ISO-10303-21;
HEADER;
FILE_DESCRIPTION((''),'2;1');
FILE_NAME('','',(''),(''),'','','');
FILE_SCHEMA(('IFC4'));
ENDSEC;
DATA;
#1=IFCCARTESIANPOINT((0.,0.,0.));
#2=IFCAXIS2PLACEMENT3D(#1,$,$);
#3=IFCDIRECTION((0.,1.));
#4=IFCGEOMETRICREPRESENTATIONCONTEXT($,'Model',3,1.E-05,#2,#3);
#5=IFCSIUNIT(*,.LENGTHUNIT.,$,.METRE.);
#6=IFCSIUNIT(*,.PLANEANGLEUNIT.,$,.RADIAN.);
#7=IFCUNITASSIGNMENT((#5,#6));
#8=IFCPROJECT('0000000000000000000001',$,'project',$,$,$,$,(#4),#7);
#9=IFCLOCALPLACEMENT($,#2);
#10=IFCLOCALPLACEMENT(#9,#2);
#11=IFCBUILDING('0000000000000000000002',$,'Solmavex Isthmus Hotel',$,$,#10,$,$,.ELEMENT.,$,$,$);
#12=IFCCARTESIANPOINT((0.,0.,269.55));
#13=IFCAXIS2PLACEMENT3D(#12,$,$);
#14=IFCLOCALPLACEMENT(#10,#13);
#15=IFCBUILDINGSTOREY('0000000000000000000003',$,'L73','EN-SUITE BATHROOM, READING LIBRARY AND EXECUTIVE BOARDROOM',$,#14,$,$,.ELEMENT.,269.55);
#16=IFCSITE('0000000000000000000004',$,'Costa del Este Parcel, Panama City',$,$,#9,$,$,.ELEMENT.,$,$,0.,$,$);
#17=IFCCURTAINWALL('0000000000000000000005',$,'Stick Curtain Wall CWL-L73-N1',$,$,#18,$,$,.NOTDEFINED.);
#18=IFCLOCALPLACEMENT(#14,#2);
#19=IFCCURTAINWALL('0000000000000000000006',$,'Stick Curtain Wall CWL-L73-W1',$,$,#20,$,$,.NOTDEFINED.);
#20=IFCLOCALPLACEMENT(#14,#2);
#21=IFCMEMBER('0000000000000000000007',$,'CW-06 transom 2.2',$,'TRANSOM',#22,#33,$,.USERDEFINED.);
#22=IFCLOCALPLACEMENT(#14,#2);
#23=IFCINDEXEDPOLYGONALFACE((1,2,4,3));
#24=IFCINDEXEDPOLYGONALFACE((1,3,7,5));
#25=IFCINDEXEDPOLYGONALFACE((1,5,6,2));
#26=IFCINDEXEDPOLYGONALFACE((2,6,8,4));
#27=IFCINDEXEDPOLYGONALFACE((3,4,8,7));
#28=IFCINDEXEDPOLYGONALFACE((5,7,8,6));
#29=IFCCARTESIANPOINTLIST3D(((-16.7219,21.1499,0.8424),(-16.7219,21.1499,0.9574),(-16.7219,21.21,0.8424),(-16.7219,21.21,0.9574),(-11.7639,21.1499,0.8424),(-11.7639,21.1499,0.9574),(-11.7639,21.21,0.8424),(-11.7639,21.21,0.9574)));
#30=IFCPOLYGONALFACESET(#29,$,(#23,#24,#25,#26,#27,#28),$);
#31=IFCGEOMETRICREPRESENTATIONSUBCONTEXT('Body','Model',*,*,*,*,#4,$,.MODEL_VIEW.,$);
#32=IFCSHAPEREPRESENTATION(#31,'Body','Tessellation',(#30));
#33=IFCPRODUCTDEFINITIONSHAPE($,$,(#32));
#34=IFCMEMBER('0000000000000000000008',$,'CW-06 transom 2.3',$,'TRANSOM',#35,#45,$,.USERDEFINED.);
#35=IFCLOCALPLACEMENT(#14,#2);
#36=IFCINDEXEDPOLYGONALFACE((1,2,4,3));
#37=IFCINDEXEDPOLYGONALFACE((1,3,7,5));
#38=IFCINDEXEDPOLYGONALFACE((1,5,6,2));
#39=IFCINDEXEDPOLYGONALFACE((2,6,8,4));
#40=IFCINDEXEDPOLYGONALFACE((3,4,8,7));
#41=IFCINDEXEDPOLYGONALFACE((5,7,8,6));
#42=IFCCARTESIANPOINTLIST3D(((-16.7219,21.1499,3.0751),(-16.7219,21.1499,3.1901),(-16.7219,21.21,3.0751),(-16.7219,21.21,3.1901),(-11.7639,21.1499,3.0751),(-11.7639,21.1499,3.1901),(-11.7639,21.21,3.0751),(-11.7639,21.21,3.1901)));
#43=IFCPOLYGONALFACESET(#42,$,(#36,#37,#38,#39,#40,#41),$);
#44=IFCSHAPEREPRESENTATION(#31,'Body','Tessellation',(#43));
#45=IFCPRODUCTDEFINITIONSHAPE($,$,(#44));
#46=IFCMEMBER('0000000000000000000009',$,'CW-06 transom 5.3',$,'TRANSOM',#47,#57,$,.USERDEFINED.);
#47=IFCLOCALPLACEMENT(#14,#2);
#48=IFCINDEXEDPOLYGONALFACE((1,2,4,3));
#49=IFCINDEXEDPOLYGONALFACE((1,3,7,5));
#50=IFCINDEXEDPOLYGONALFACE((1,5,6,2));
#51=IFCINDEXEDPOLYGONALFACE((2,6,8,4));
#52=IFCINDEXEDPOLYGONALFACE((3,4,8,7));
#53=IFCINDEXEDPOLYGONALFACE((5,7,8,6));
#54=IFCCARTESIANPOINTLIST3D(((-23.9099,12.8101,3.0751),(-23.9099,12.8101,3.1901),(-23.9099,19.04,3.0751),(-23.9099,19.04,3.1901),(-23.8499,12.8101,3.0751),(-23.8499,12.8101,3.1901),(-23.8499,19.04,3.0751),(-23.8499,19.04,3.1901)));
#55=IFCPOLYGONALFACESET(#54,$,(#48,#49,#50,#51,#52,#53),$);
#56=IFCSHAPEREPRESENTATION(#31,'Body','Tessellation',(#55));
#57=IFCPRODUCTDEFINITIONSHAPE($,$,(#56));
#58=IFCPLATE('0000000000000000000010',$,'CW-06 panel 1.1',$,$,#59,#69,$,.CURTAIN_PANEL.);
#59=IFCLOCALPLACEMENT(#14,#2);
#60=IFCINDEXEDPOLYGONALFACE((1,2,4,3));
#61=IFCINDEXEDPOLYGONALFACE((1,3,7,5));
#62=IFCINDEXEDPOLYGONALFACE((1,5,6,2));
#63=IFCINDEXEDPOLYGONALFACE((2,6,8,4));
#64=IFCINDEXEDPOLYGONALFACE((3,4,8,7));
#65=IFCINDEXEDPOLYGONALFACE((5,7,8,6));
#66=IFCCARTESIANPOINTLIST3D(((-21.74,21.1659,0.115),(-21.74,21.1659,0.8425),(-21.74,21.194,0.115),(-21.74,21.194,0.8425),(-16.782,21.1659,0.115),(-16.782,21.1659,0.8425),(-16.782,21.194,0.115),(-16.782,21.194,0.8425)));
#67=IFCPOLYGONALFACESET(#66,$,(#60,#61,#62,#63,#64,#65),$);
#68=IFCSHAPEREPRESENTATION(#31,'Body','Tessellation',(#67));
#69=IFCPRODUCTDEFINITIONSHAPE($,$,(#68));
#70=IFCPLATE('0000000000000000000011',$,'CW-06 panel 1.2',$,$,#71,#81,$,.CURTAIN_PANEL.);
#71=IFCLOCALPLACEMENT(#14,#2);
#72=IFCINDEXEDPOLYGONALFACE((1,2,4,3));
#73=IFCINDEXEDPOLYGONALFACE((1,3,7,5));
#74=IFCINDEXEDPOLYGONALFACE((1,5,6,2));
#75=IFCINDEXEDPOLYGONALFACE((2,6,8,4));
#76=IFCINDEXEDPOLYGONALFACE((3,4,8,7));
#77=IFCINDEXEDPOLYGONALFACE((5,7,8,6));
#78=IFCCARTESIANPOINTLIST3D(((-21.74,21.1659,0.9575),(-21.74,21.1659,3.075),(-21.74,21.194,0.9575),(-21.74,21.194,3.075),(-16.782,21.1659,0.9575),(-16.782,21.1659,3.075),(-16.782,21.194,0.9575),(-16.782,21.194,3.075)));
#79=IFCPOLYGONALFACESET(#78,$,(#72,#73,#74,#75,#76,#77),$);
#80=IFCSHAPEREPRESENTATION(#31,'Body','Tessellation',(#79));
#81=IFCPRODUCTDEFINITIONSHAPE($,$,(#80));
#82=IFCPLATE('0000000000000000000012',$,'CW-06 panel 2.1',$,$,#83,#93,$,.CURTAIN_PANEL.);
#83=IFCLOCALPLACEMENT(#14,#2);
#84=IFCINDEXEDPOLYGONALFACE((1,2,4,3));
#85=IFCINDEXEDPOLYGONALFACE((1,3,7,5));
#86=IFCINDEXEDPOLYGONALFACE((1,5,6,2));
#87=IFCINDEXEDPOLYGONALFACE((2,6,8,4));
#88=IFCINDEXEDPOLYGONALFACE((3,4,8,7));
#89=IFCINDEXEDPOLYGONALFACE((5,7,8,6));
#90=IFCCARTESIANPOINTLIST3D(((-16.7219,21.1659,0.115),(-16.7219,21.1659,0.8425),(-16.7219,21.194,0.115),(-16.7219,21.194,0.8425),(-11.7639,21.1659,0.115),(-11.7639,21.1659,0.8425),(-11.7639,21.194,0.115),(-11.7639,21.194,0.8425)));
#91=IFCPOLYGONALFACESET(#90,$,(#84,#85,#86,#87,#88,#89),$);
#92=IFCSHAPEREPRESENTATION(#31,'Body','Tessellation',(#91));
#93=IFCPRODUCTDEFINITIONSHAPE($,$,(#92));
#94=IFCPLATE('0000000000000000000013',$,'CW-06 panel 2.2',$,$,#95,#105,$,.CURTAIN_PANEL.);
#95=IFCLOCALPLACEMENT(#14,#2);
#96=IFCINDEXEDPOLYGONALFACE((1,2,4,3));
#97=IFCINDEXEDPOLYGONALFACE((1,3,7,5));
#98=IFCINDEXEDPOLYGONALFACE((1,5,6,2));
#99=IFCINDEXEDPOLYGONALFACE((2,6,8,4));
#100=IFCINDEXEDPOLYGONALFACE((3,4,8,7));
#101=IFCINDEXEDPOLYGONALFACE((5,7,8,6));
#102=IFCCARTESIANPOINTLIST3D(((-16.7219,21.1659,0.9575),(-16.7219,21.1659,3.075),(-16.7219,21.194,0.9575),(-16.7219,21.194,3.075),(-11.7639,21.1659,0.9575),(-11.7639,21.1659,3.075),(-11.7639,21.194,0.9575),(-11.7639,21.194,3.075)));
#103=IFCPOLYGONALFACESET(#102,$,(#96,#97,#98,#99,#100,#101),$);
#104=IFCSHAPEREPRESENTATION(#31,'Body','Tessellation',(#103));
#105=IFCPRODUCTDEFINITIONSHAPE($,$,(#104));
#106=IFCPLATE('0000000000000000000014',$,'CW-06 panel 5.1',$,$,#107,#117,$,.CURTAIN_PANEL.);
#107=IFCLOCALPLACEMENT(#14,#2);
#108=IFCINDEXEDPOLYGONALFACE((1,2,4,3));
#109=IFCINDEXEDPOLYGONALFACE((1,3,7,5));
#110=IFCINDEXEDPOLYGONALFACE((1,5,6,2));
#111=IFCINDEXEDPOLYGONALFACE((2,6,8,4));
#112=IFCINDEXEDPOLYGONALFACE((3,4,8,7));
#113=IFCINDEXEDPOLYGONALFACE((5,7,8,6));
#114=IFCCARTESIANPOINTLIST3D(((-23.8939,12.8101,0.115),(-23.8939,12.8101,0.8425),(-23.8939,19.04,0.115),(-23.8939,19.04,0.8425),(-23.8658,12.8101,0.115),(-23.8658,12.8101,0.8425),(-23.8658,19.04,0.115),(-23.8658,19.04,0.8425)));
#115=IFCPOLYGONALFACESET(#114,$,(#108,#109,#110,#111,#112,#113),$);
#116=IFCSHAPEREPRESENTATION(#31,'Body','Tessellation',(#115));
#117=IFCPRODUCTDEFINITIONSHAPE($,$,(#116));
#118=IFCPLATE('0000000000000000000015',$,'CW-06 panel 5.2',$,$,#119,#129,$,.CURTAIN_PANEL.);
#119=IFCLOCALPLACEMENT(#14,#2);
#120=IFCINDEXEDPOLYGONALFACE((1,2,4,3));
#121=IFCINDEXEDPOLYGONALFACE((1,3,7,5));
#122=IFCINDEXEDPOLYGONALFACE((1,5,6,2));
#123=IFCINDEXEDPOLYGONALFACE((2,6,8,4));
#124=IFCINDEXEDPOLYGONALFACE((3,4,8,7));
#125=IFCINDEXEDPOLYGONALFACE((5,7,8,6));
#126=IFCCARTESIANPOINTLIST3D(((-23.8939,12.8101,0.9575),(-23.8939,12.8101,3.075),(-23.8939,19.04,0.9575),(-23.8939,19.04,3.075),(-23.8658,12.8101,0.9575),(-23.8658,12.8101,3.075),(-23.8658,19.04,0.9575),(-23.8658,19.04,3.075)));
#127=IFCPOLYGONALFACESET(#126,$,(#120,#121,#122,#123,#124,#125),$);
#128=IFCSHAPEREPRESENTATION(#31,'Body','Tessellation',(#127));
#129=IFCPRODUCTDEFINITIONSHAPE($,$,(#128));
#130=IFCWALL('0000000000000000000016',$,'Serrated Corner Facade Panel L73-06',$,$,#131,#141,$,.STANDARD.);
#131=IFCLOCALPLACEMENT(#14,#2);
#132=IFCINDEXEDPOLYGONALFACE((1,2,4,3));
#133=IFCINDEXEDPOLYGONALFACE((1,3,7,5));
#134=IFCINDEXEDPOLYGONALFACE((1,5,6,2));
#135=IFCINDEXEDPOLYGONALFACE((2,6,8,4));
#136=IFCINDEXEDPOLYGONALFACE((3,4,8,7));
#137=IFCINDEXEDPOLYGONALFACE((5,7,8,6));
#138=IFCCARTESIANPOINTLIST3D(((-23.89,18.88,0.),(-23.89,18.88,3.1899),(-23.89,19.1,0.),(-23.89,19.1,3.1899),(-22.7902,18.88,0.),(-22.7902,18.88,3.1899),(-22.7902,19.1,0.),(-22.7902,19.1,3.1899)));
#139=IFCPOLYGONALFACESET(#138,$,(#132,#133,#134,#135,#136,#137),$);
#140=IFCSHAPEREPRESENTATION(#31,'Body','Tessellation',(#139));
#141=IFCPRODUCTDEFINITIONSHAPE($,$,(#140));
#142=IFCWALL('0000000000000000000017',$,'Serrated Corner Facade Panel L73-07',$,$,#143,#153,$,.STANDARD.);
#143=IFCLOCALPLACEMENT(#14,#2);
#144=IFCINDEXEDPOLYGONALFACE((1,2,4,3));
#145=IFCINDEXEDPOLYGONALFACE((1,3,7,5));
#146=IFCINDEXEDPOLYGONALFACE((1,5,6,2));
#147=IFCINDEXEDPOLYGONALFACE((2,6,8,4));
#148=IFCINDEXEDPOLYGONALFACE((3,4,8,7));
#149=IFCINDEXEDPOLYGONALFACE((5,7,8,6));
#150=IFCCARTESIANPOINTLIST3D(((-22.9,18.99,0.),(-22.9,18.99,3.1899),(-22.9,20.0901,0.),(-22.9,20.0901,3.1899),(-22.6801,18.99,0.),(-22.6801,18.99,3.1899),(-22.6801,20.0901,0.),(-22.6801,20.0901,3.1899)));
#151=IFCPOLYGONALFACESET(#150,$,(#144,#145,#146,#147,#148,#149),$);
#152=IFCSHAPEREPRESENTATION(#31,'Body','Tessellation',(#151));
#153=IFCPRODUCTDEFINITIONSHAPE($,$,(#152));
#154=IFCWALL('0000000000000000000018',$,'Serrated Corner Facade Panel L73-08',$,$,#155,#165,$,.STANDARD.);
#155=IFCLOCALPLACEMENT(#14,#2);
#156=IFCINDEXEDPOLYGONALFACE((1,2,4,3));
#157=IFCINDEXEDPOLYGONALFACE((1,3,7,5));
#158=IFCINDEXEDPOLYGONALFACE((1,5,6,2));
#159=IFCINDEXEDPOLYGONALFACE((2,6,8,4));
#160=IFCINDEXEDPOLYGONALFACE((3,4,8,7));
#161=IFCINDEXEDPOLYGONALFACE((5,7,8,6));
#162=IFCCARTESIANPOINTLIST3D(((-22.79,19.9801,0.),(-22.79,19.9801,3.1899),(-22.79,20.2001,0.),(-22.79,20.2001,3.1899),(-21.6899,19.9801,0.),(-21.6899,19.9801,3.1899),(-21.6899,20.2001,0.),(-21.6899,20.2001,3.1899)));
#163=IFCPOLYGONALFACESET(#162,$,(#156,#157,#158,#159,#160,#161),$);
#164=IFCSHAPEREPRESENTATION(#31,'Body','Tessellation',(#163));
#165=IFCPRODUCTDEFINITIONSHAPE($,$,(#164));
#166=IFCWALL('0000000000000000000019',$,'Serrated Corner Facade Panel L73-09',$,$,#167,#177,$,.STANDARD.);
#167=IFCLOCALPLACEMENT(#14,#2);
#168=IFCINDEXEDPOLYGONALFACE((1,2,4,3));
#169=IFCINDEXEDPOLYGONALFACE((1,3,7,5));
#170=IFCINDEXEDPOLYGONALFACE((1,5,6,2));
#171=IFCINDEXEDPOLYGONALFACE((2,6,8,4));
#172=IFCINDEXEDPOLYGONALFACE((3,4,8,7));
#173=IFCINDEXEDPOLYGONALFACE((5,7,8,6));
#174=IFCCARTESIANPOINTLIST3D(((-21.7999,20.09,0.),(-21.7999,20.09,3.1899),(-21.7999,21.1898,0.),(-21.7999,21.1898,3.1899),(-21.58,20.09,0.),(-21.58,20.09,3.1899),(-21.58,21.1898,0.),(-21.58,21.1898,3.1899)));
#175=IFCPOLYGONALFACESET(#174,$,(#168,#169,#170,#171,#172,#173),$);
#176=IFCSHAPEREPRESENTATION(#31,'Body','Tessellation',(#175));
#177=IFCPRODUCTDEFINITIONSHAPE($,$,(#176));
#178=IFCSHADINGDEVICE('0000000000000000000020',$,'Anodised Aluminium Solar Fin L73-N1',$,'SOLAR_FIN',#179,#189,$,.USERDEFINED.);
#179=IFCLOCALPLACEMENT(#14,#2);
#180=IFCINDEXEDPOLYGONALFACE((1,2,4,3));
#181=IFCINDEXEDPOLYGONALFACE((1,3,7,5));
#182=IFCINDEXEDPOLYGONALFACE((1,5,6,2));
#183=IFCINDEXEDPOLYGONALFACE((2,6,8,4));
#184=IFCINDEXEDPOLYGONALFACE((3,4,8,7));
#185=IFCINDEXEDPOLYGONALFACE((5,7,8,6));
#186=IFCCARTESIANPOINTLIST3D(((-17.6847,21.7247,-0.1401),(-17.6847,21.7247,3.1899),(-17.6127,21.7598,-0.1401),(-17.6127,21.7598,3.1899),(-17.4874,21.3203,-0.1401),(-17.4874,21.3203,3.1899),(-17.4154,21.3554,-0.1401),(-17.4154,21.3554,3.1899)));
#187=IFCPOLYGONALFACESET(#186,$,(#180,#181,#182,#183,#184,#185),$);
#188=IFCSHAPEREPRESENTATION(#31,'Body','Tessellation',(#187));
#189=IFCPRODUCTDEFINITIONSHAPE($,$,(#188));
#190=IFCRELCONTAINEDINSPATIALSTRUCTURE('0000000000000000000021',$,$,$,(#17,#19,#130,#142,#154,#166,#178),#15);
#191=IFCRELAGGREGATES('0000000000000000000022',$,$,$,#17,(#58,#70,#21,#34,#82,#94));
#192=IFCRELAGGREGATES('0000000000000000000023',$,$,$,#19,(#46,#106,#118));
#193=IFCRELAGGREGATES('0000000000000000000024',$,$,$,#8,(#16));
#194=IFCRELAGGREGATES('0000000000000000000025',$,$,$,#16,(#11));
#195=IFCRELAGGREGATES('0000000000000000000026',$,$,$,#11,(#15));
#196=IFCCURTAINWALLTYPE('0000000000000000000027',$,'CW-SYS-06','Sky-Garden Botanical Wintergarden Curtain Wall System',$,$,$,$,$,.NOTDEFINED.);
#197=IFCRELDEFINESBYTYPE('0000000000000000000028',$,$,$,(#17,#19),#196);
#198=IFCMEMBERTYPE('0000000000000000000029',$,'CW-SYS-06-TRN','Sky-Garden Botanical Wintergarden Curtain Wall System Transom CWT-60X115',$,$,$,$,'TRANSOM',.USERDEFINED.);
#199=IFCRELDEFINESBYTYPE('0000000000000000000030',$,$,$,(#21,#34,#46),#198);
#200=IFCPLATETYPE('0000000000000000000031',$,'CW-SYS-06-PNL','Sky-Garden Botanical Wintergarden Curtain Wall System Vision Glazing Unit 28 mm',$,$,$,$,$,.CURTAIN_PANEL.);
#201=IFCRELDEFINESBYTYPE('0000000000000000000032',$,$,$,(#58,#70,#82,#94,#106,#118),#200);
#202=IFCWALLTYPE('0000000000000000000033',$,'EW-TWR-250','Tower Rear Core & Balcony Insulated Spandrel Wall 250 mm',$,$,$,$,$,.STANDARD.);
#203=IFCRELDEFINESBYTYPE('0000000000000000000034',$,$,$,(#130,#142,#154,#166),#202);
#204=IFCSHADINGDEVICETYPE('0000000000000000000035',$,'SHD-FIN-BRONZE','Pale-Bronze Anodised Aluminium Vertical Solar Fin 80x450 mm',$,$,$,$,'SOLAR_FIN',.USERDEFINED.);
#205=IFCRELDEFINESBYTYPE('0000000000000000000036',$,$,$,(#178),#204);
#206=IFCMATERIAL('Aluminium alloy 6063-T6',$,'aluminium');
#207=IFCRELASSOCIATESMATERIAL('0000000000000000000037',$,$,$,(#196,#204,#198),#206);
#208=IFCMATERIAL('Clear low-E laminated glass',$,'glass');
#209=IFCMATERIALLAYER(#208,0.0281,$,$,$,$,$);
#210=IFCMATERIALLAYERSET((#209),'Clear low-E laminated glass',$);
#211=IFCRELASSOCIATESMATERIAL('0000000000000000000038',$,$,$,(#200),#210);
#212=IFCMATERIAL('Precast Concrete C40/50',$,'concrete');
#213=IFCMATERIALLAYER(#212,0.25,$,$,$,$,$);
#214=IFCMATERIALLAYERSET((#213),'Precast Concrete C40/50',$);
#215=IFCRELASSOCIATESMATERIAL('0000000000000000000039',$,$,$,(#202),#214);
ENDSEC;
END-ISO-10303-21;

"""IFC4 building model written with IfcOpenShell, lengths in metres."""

from ifc_helpers import new_model, si_unit, direction, frame, frame_2d, origin, origin_2d, place, context, subcontext, project, spatial, rectangle, extrude, material, layer, layer_set, material_profile, profile_set, type_object, element, aggregate, save


model = new_model("IFC4")

# Units and contexts
model_context = context("Model", 3, precision=1e-05, world=origin(), true_north=direction((0.0, 1.0)))
body_context = subcontext(model_context, "Body", "Model", "MODEL_VIEW")
ifc_project = project(units=[si_unit("LENGTHUNIT", "METRE"), si_unit("PLANEANGLEUNIT", "RADIAN")], contexts=[model_context])

# Site, building, storey
site_placement = place(None, origin())
site = spatial("IfcSite", under=ifc_project, at=site_placement, Name="Costa del Este Parcel, Panama City", CompositionType="ELEMENT", RefElevation=0.0)
building_placement = place(site_placement, origin())
building = spatial("IfcBuilding", under=site, at=building_placement, Name="Solmavex Isthmus Hotel", CompositionType="ELEMENT")
storey_placement = place(building_placement, frame((0.0, 0.0, 269.55)))
storey = spatial("IfcBuildingStorey", under=building, at=storey_placement, Name="L73", Description="EN-SUITE BATHROOM, READING LIBRARY AND EXECUTIVE BOARDROOM", CompositionType="ELEMENT", Elevation=269.55)

# Curtain wall
ifc_material_1 = material(Name="Aluminium alloy 6063-T6", Category="aluminium")
curtain_wall_type = type_object("IfcCurtainWallType", Name="CW-SYS-06", Description="Sky-Garden Botanical Wintergarden Curtain Wall System", PredefinedType="NOTDEFINED", material=ifc_material_1)
curtain_wall_1_placement = place(storey_placement, origin())
curtain_wall_1 = element("IfcCurtainWall", 1, at=curtain_wall_1_placement, inside=storey, type_object=curtain_wall_type, Name="Stick Curtain Wall CWL-L73-N1", PredefinedType="NOTDEFINED")

# Curtain wall
curtain_wall_2_placement = place(storey_placement, origin())
curtain_wall_2 = element("IfcCurtainWall", 2, at=curtain_wall_2_placement, inside=storey, type_object=curtain_wall_type, Name="Stick Curtain Wall CWL-L73-W1", PredefinedType="NOTDEFINED")

# Members
ifc_material_profile_1 = material_profile(ifc_material_1, rectangle(XDim=0.0601, YDim=0.115, at=origin_2d()), Name="CWT-60X115")
ifc_profile_set_1 = profile_set([ifc_material_profile_1], Name="Aluminium alloy 6063-T6")
member_type_1 = type_object("IfcMemberType", Name="CW-SYS-06-TRN", Description="Sky-Garden Botanical Wintergarden Curtain Wall System Transom CWT-60X115", ElementType="TRANSOM", PredefinedType="USERDEFINED", material=ifc_profile_set_1)
member_1_placement = place(storey_placement, frame((-16.7219, 21.1799, 0.8999), z_axis=(1.0, 0.0, 0.0), x_axis=(0.0, 1.0, 0.0)))
member_1 = element("IfcMember", 3, at=member_1_placement, type_object=member_type_1, Name="CW-06 transom 2.2", ObjectType="TRANSOM", PredefinedType="USERDEFINED", context=body_context, shape_type="SweptSolid", body=[
    extrude(rectangle(XDim=0.0601, YDim=0.115, at=origin_2d()), origin(), (0.0, 0.0, 1.0), 4.958),
])
member_2_placement = place(storey_placement, frame((-16.7219, 21.1799, 3.1326), z_axis=(1.0, 0.0, 0.0), x_axis=(0.0, 1.0, 0.0)))
member_2 = element("IfcMember", 4, at=member_2_placement, type_object=member_type_1, Name="CW-06 transom 2.3", ObjectType="TRANSOM", PredefinedType="USERDEFINED", context=body_context, shape_type="SweptSolid", body=[
    extrude(rectangle(XDim=0.0601, YDim=0.115, at=origin_2d()), origin(), (0.0, 0.0, 1.0), 4.958),
])
member_3_placement = place(storey_placement, frame((-23.8799, 12.8101, 3.1326), z_axis=(0.0, 1.0, 0.0), x_axis=(-1.0, 0.0, 0.0)))
member_3 = element("IfcMember", 5, at=member_3_placement, type_object=member_type_1, Name="CW-06 transom 5.3", ObjectType="TRANSOM", PredefinedType="USERDEFINED", context=body_context, shape_type="SweptSolid", body=[
    extrude(rectangle(XDim=0.0601, YDim=0.115, at=origin_2d()), origin(), (0.0, 0.0, 1.0), 6.23),
])

# Plates
ifc_material_2 = material(Name="Clear low-E laminated glass", Category="glass")
ifc_layer_1 = layer(ifc_material_2, 0.0281)
ifc_layer_set_1 = layer_set([ifc_layer_1], Name="Clear low-E laminated glass")
plate_type = type_object("IfcPlateType", Name="CW-SYS-06-PNL", Description="Sky-Garden Botanical Wintergarden Curtain Wall System Vision Glazing Unit 28 mm", PredefinedType="CURTAIN_PANEL", material=ifc_layer_set_1)
plate_1_placement = place(storey_placement, frame((-19.261, 21.1799, 0.115), z_axis=(0.0, 0.0, 1.0), x_axis=(1.0, 0.0, 0.0)))
plate_1 = element("IfcPlate", 6, at=plate_1_placement, type_object=plate_type, Name="CW-06 panel 1.1", PredefinedType="CURTAIN_PANEL", context=body_context, shape_type="SweptSolid", body=[
    extrude(rectangle(XDim=4.958, YDim=0.0281, at=origin_2d()), origin(), (0.0, 0.0, 1.0), 0.7275),
])
plate_2_placement = place(storey_placement, frame((-19.261, 21.1799, 0.9575), z_axis=(0.0, 0.0, 1.0), x_axis=(1.0, 0.0, 0.0)))
plate_2 = element("IfcPlate", 7, at=plate_2_placement, type_object=plate_type, Name="CW-06 panel 1.2", PredefinedType="CURTAIN_PANEL", context=body_context, shape_type="SweptSolid", body=[
    extrude(rectangle(XDim=4.958, YDim=0.0281, at=origin_2d()), origin(), (0.0, 0.0, 1.0), 2.1174),
])
plate_3_placement = place(storey_placement, frame((-14.2429, 21.1799, 0.115), z_axis=(0.0, 0.0, 1.0), x_axis=(1.0, 0.0, 0.0)))
plate_3 = element("IfcPlate", 8, at=plate_3_placement, type_object=plate_type, Name="CW-06 panel 2.1", PredefinedType="CURTAIN_PANEL", context=body_context, shape_type="SweptSolid", body=[
    extrude(rectangle(XDim=4.958, YDim=0.0281, at=origin_2d()), origin(), (0.0, 0.0, 1.0), 0.7275),
])
plate_4_placement = place(storey_placement, frame((-14.2429, 21.1799, 0.9575), z_axis=(0.0, 0.0, 1.0), x_axis=(1.0, 0.0, 0.0)))
plate_4 = element("IfcPlate", 9, at=plate_4_placement, type_object=plate_type, Name="CW-06 panel 2.2", PredefinedType="CURTAIN_PANEL", context=body_context, shape_type="SweptSolid", body=[
    extrude(rectangle(XDim=4.958, YDim=0.0281, at=origin_2d()), origin(), (0.0, 0.0, 1.0), 2.1174),
])
aggregate(curtain_wall_1, [plate_1, plate_2, member_1, member_2, plate_3, plate_4])
plate_5_placement = place(storey_placement, frame((-23.8799, 15.925, 0.115), z_axis=(0.0, 0.0, 1.0), x_axis=(0.0, 1.0, 0.0)))
plate_5 = element("IfcPlate", 10, at=plate_5_placement, type_object=plate_type, Name="CW-06 panel 5.1", PredefinedType="CURTAIN_PANEL", context=body_context, shape_type="SweptSolid", body=[
    extrude(rectangle(XDim=6.23, YDim=0.0281, at=origin_2d()), origin(), (0.0, 0.0, 1.0), 0.7275),
])
plate_6_placement = place(storey_placement, frame((-23.8799, 15.925, 0.9575), z_axis=(0.0, 0.0, 1.0), x_axis=(0.0, 1.0, 0.0)))
plate_6 = element("IfcPlate", 11, at=plate_6_placement, type_object=plate_type, Name="CW-06 panel 5.2", PredefinedType="CURTAIN_PANEL", context=body_context, shape_type="SweptSolid", body=[
    extrude(rectangle(XDim=6.23, YDim=0.0281, at=origin_2d()), origin(), (0.0, 0.0, 1.0), 2.1174),
])
aggregate(curtain_wall_2, [member_3, plate_5, plate_6])

# Walls
ifc_material_3 = material(Name="Precast Concrete C40/50", Category="concrete")
ifc_layer_2 = layer(ifc_material_3, 0.25)
ifc_layer_set_2 = layer_set([ifc_layer_2], Name="Precast Concrete C40/50")
wall_type = type_object("IfcWallType", Name="EW-TWR-250", Description="Tower Rear Core & Balcony Insulated Spandrel Wall 250 mm", PredefinedType="STANDARD", material=ifc_layer_set_2)
wall_1_placement = place(storey_placement, frame((-23.8899, 18.99, 0.0), z_axis=(0.0, 0.0, 1.0), x_axis=(1.0, 0.0, 0.0)))
element("IfcWall", 12, at=wall_1_placement, inside=storey, type_object=wall_type, Name="Serrated Corner Facade Panel L73-06", PredefinedType="STANDARD", context=body_context, shape_type="SweptSolid", body=[
    extrude(rectangle(XDim=1.0999, YDim=0.22, at=frame_2d((0.5498, 0.0))), origin(), (0.0, 0.0, 1.0), 3.1899),
])
for number, where, z_axis, x_axis, name in (
    (13, (-22.79, 18.99, 0.0), (0.0, 0.0, 1.0), (0.0, 1.0, 0.0), "Serrated Corner Facade Panel L73-07"),
    (14, (-22.79, 20.0901, 0.0), (0.0, 0.0, 1.0), (1.0, 0.0, 0.0), "Serrated Corner Facade Panel L73-08"),
):
    element("IfcWall", number, at=place(storey_placement, frame(where, z_axis=z_axis, x_axis=x_axis)), inside=storey, type_object=wall_type, Name=name, PredefinedType="STANDARD", context=body_context, shape_type="SweptSolid", body=[
        extrude(rectangle(XDim=1.1001, YDim=0.22, at=frame_2d((0.55, 0.0))), origin(), (0.0, 0.0, 1.0), 3.1899),
    ])
wall_2_placement = place(storey_placement, frame((-21.6899, 20.0901, 0.0), z_axis=(0.0, 0.0, 1.0), x_axis=(0.0, 1.0, 0.0)))
element("IfcWall", 15, at=wall_2_placement, inside=storey, type_object=wall_type, Name="Serrated Corner Facade Panel L73-09", PredefinedType="STANDARD", context=body_context, shape_type="SweptSolid", body=[
    extrude(rectangle(XDim=1.0999, YDim=0.22, at=frame_2d((0.5498, 0.0))), origin(), (0.0, 0.0, 1.0), 3.1899),
])

# Shading device
shading_device_type = type_object("IfcShadingDeviceType", Name="SHD-FIN-BRONZE", Description="Pale-Bronze Anodised Aluminium Vertical Solar Fin 80x450 mm", ElementType="SOLAR_FIN", PredefinedType="USERDEFINED", material=ifc_material_1)
shading_device_placement = place(storey_placement, frame((-17.55, 21.54, -0.1401), z_axis=(0.0, 0.0, 1.0), x_axis=(-0.438371, 0.898794, 0.0)))
element("IfcShadingDevice", 16, at=shading_device_placement, inside=storey, type_object=shading_device_type, Name="Anodised Aluminium Solar Fin L73-N1", ObjectType="SOLAR_FIN", PredefinedType="USERDEFINED", context=body_context, shape_type="SweptSolid", body=[
    extrude(rectangle(XDim=0.45, YDim=0.0801, at=origin_2d()), origin(), (0.0, 0.0, 1.0), 3.3301),
])

save(model, "model.ifc")
